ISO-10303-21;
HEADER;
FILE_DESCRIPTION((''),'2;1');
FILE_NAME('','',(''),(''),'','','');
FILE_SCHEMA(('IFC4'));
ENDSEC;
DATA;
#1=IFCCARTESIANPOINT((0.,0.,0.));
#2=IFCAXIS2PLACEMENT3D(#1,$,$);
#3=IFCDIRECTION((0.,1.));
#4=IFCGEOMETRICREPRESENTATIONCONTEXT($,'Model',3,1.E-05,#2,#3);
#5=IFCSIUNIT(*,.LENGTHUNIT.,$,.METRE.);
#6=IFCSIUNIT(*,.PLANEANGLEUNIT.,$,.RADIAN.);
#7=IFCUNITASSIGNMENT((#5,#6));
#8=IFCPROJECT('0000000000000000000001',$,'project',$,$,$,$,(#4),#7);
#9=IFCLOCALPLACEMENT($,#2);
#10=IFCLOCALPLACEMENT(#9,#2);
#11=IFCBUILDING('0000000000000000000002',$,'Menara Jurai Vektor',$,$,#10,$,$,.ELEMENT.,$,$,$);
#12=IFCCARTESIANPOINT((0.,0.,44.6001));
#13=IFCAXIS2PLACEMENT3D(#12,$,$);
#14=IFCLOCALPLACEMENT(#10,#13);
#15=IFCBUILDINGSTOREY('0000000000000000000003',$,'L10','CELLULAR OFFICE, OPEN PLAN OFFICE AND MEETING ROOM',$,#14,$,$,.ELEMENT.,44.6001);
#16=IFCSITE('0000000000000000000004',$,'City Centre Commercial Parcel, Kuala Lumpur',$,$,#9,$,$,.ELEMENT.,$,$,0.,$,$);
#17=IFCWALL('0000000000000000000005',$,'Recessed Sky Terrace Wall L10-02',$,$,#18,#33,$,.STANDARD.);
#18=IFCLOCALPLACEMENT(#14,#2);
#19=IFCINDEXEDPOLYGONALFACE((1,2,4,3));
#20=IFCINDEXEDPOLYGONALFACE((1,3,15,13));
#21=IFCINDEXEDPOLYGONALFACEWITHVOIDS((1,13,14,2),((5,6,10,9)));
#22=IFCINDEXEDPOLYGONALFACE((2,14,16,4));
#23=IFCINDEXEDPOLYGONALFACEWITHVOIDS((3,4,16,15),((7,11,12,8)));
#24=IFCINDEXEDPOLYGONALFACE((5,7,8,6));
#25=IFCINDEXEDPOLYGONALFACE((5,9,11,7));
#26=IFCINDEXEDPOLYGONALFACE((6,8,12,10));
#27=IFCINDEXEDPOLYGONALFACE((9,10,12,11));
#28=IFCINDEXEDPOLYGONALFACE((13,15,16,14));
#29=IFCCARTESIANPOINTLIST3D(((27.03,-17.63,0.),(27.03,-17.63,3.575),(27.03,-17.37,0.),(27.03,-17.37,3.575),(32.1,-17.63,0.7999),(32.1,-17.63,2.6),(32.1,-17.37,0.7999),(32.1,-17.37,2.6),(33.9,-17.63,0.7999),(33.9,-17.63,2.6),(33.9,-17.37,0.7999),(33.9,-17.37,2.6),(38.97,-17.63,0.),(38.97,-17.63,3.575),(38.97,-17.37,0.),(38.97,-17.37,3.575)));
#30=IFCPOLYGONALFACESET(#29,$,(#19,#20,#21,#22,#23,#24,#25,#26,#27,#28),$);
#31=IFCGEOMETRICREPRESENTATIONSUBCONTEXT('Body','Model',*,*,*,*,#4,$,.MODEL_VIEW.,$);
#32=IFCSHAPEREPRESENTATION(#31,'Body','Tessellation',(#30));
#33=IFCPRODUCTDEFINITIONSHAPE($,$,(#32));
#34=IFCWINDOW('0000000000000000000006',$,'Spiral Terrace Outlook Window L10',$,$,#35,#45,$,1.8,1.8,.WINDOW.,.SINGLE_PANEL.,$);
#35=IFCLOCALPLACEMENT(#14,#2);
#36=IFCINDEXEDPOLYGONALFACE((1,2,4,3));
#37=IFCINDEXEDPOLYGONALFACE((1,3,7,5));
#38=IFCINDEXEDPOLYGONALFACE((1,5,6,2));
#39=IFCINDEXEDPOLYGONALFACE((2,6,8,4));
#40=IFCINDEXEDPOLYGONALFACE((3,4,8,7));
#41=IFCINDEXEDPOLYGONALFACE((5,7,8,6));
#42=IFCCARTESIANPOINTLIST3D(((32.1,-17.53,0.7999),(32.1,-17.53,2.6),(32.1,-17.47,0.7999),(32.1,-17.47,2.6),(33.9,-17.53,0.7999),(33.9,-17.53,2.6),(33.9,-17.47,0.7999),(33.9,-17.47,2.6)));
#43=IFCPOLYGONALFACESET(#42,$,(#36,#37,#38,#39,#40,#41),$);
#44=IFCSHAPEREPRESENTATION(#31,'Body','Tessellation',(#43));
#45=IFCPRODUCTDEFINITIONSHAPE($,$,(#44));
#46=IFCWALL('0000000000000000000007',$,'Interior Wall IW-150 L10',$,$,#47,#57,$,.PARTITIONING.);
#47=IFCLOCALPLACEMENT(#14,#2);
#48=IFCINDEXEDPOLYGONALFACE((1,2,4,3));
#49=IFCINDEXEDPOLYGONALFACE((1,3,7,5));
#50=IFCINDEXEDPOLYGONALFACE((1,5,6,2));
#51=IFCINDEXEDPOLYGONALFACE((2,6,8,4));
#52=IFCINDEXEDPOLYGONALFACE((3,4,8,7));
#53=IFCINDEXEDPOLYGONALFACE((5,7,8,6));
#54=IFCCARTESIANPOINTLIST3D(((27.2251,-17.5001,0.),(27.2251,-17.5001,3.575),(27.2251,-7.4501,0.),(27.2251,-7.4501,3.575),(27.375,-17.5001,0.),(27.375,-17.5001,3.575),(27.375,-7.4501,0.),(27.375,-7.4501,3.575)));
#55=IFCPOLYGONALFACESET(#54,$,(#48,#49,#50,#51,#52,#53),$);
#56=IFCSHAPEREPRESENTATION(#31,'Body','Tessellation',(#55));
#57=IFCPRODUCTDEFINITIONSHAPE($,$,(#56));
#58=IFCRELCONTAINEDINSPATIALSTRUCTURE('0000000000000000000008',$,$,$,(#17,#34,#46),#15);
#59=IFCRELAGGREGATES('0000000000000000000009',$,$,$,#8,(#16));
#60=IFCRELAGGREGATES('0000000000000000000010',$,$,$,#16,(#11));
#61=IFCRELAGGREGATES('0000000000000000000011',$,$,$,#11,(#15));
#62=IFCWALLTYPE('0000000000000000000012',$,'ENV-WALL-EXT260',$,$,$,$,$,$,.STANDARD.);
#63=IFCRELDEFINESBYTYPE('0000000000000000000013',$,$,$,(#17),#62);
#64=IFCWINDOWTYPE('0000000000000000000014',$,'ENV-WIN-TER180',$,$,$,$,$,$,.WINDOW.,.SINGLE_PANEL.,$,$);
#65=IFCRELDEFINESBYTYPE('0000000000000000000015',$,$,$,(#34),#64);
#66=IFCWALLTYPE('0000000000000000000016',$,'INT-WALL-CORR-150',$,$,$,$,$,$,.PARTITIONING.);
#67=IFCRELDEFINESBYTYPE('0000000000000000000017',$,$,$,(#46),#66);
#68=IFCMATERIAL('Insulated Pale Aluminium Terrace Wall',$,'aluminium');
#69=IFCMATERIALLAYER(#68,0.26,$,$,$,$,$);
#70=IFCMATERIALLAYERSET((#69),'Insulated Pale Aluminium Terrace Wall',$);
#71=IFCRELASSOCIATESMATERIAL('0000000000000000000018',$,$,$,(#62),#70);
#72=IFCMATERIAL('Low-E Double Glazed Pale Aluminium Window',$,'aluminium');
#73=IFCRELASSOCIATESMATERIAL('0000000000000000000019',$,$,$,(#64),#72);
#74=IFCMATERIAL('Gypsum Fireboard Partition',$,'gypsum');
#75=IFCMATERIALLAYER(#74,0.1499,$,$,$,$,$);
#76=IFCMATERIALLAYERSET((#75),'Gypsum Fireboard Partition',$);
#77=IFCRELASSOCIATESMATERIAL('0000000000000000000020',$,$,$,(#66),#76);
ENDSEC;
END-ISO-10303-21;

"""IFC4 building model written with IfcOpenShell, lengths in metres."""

from ifc_helpers import new_model, si_unit, direction, frame, frame_2d, origin, place, context, subcontext, project, spatial, rectangle, extrude, material, layer, layer_set, type_object, element, fill, save


model = new_model("IFC4")

# Units and contexts
model_context = context("Model", 3, precision=1e-05, world=origin(), true_north=direction((0.0, 1.0)))
body_context = subcontext(model_context, "Body", "Model", "MODEL_VIEW")
ifc_project = project(units=[si_unit("LENGTHUNIT", "METRE"), si_unit("PLANEANGLEUNIT", "RADIAN")], contexts=[model_context])

# Site, building, storey
site_placement = place(None, origin())
site = spatial("IfcSite", under=ifc_project, at=site_placement, Name="City Centre Commercial Parcel, Kuala Lumpur", CompositionType="ELEMENT", RefElevation=0.0)
building_placement = place(site_placement, origin())
building = spatial("IfcBuilding", under=site, at=building_placement, Name="Menara Jurai Vektor", CompositionType="ELEMENT")
storey_placement = place(building_placement, frame((0.0, 0.0, 44.6001)))
storey = spatial("IfcBuildingStorey", under=building, at=storey_placement, Name="L10", Description="CELLULAR OFFICE, OPEN PLAN OFFICE AND MEETING ROOM", CompositionType="ELEMENT", Elevation=44.6001)

# Shared definitions
ifc_material_1 = material(Name="Insulated Pale Aluminium Terrace Wall", Category="aluminium")
ifc_layer_1 = layer(ifc_material_1, 0.26)
ifc_layer_set_1 = layer_set([ifc_layer_1], Name="Insulated Pale Aluminium Terrace Wall")
wall_type_1 = type_object("IfcWallType", Name="ENV-WALL-EXT260", PredefinedType="STANDARD", material=ifc_layer_set_1)

# Wall, opening, window
wall_1_placement = place(storey_placement, frame((27.03, -17.5, 0.0), z_axis=(0.0, 0.0, 1.0), x_axis=(1.0, 0.0, 0.0)))
wall_1 = element("IfcWall", 1, at=wall_1_placement, inside=storey, type_object=wall_type_1, Name="Recessed Sky Terrace Wall L10-02", PredefinedType="STANDARD", context=body_context, shape_type="SweptSolid", body=[
    extrude(rectangle(XDim=11.9399, YDim=0.26, at=frame_2d((5.97, 0.0))), origin(), (0.0, 0.0, 1.0), 3.575),
])
opening_1_placement = place(wall_1_placement, frame((5.0701, 0.0, 0.8)))
opening_1 = element("IfcOpeningElement", 2, at=opening_1_placement, cuts=wall_1, PredefinedType="OPENING", context=body_context, shape_type="SweptSolid", body=[
    extrude(rectangle(XDim=1.8, YDim=1.8, at=frame_2d((0.8999, 0.8999))), frame((0.0, 0.1401, 0.0), z_axis=(0.0, -1.0, 0.0), x_axis=(1.0, 0.0, 0.0)), (0.0, 0.0, 1.0), 0.28),
])
ifc_material_2 = material(Name="Low-E Double Glazed Pale Aluminium Window", Category="aluminium")
window_type = type_object("IfcWindowType", Name="ENV-WIN-TER180", PartitioningType="SINGLE_PANEL", PredefinedType="WINDOW", material=ifc_material_2)
window_placement = place(opening_1_placement, origin())
window = element("IfcWindow", 3, at=window_placement, inside=storey, type_object=window_type, Name="Spiral Terrace Outlook Window L10", OverallHeight=1.8, OverallWidth=1.8, PartitioningType="SINGLE_PANEL", PredefinedType="WINDOW", context=body_context, shape_type="SweptSolid", body=[
    extrude(rectangle(XDim=1.8, YDim=1.8, at=frame_2d((0.8999, 0.8999))), frame((0.0, 0.03, 0.0), z_axis=(0.0, -1.0, 0.0), x_axis=(1.0, 0.0, 0.0)), (0.0, 0.0, 1.0), 0.0601),
])
fill(opening_1, window)

# Wall
ifc_material_3 = material(Name="Gypsum Fireboard Partition", Category="gypsum")
ifc_layer_2 = layer(ifc_material_3, 0.1499)
ifc_layer_set_2 = layer_set([ifc_layer_2], Name="Gypsum Fireboard Partition")
wall_type_2 = type_object("IfcWallType", Name="INT-WALL-CORR-150", PredefinedType="PARTITIONING", material=ifc_layer_set_2)
wall_2_placement = place(storey_placement, frame((27.3, -17.5, 0.0), z_axis=(0.0, 0.0, 1.0), x_axis=(0.0, 1.0, 0.0)))
element("IfcWall", 4, at=wall_2_placement, inside=storey, type_object=wall_type_2, Name="Interior Wall IW-150 L10", PredefinedType="PARTITIONING", context=body_context, shape_type="SweptSolid", body=[
    extrude(rectangle(XDim=10.05, YDim=0.1499, at=frame_2d((5.0249, 0.0))), origin(), (0.0, 0.0, 1.0), 3.575),
])

save(model, "model.ifc")
